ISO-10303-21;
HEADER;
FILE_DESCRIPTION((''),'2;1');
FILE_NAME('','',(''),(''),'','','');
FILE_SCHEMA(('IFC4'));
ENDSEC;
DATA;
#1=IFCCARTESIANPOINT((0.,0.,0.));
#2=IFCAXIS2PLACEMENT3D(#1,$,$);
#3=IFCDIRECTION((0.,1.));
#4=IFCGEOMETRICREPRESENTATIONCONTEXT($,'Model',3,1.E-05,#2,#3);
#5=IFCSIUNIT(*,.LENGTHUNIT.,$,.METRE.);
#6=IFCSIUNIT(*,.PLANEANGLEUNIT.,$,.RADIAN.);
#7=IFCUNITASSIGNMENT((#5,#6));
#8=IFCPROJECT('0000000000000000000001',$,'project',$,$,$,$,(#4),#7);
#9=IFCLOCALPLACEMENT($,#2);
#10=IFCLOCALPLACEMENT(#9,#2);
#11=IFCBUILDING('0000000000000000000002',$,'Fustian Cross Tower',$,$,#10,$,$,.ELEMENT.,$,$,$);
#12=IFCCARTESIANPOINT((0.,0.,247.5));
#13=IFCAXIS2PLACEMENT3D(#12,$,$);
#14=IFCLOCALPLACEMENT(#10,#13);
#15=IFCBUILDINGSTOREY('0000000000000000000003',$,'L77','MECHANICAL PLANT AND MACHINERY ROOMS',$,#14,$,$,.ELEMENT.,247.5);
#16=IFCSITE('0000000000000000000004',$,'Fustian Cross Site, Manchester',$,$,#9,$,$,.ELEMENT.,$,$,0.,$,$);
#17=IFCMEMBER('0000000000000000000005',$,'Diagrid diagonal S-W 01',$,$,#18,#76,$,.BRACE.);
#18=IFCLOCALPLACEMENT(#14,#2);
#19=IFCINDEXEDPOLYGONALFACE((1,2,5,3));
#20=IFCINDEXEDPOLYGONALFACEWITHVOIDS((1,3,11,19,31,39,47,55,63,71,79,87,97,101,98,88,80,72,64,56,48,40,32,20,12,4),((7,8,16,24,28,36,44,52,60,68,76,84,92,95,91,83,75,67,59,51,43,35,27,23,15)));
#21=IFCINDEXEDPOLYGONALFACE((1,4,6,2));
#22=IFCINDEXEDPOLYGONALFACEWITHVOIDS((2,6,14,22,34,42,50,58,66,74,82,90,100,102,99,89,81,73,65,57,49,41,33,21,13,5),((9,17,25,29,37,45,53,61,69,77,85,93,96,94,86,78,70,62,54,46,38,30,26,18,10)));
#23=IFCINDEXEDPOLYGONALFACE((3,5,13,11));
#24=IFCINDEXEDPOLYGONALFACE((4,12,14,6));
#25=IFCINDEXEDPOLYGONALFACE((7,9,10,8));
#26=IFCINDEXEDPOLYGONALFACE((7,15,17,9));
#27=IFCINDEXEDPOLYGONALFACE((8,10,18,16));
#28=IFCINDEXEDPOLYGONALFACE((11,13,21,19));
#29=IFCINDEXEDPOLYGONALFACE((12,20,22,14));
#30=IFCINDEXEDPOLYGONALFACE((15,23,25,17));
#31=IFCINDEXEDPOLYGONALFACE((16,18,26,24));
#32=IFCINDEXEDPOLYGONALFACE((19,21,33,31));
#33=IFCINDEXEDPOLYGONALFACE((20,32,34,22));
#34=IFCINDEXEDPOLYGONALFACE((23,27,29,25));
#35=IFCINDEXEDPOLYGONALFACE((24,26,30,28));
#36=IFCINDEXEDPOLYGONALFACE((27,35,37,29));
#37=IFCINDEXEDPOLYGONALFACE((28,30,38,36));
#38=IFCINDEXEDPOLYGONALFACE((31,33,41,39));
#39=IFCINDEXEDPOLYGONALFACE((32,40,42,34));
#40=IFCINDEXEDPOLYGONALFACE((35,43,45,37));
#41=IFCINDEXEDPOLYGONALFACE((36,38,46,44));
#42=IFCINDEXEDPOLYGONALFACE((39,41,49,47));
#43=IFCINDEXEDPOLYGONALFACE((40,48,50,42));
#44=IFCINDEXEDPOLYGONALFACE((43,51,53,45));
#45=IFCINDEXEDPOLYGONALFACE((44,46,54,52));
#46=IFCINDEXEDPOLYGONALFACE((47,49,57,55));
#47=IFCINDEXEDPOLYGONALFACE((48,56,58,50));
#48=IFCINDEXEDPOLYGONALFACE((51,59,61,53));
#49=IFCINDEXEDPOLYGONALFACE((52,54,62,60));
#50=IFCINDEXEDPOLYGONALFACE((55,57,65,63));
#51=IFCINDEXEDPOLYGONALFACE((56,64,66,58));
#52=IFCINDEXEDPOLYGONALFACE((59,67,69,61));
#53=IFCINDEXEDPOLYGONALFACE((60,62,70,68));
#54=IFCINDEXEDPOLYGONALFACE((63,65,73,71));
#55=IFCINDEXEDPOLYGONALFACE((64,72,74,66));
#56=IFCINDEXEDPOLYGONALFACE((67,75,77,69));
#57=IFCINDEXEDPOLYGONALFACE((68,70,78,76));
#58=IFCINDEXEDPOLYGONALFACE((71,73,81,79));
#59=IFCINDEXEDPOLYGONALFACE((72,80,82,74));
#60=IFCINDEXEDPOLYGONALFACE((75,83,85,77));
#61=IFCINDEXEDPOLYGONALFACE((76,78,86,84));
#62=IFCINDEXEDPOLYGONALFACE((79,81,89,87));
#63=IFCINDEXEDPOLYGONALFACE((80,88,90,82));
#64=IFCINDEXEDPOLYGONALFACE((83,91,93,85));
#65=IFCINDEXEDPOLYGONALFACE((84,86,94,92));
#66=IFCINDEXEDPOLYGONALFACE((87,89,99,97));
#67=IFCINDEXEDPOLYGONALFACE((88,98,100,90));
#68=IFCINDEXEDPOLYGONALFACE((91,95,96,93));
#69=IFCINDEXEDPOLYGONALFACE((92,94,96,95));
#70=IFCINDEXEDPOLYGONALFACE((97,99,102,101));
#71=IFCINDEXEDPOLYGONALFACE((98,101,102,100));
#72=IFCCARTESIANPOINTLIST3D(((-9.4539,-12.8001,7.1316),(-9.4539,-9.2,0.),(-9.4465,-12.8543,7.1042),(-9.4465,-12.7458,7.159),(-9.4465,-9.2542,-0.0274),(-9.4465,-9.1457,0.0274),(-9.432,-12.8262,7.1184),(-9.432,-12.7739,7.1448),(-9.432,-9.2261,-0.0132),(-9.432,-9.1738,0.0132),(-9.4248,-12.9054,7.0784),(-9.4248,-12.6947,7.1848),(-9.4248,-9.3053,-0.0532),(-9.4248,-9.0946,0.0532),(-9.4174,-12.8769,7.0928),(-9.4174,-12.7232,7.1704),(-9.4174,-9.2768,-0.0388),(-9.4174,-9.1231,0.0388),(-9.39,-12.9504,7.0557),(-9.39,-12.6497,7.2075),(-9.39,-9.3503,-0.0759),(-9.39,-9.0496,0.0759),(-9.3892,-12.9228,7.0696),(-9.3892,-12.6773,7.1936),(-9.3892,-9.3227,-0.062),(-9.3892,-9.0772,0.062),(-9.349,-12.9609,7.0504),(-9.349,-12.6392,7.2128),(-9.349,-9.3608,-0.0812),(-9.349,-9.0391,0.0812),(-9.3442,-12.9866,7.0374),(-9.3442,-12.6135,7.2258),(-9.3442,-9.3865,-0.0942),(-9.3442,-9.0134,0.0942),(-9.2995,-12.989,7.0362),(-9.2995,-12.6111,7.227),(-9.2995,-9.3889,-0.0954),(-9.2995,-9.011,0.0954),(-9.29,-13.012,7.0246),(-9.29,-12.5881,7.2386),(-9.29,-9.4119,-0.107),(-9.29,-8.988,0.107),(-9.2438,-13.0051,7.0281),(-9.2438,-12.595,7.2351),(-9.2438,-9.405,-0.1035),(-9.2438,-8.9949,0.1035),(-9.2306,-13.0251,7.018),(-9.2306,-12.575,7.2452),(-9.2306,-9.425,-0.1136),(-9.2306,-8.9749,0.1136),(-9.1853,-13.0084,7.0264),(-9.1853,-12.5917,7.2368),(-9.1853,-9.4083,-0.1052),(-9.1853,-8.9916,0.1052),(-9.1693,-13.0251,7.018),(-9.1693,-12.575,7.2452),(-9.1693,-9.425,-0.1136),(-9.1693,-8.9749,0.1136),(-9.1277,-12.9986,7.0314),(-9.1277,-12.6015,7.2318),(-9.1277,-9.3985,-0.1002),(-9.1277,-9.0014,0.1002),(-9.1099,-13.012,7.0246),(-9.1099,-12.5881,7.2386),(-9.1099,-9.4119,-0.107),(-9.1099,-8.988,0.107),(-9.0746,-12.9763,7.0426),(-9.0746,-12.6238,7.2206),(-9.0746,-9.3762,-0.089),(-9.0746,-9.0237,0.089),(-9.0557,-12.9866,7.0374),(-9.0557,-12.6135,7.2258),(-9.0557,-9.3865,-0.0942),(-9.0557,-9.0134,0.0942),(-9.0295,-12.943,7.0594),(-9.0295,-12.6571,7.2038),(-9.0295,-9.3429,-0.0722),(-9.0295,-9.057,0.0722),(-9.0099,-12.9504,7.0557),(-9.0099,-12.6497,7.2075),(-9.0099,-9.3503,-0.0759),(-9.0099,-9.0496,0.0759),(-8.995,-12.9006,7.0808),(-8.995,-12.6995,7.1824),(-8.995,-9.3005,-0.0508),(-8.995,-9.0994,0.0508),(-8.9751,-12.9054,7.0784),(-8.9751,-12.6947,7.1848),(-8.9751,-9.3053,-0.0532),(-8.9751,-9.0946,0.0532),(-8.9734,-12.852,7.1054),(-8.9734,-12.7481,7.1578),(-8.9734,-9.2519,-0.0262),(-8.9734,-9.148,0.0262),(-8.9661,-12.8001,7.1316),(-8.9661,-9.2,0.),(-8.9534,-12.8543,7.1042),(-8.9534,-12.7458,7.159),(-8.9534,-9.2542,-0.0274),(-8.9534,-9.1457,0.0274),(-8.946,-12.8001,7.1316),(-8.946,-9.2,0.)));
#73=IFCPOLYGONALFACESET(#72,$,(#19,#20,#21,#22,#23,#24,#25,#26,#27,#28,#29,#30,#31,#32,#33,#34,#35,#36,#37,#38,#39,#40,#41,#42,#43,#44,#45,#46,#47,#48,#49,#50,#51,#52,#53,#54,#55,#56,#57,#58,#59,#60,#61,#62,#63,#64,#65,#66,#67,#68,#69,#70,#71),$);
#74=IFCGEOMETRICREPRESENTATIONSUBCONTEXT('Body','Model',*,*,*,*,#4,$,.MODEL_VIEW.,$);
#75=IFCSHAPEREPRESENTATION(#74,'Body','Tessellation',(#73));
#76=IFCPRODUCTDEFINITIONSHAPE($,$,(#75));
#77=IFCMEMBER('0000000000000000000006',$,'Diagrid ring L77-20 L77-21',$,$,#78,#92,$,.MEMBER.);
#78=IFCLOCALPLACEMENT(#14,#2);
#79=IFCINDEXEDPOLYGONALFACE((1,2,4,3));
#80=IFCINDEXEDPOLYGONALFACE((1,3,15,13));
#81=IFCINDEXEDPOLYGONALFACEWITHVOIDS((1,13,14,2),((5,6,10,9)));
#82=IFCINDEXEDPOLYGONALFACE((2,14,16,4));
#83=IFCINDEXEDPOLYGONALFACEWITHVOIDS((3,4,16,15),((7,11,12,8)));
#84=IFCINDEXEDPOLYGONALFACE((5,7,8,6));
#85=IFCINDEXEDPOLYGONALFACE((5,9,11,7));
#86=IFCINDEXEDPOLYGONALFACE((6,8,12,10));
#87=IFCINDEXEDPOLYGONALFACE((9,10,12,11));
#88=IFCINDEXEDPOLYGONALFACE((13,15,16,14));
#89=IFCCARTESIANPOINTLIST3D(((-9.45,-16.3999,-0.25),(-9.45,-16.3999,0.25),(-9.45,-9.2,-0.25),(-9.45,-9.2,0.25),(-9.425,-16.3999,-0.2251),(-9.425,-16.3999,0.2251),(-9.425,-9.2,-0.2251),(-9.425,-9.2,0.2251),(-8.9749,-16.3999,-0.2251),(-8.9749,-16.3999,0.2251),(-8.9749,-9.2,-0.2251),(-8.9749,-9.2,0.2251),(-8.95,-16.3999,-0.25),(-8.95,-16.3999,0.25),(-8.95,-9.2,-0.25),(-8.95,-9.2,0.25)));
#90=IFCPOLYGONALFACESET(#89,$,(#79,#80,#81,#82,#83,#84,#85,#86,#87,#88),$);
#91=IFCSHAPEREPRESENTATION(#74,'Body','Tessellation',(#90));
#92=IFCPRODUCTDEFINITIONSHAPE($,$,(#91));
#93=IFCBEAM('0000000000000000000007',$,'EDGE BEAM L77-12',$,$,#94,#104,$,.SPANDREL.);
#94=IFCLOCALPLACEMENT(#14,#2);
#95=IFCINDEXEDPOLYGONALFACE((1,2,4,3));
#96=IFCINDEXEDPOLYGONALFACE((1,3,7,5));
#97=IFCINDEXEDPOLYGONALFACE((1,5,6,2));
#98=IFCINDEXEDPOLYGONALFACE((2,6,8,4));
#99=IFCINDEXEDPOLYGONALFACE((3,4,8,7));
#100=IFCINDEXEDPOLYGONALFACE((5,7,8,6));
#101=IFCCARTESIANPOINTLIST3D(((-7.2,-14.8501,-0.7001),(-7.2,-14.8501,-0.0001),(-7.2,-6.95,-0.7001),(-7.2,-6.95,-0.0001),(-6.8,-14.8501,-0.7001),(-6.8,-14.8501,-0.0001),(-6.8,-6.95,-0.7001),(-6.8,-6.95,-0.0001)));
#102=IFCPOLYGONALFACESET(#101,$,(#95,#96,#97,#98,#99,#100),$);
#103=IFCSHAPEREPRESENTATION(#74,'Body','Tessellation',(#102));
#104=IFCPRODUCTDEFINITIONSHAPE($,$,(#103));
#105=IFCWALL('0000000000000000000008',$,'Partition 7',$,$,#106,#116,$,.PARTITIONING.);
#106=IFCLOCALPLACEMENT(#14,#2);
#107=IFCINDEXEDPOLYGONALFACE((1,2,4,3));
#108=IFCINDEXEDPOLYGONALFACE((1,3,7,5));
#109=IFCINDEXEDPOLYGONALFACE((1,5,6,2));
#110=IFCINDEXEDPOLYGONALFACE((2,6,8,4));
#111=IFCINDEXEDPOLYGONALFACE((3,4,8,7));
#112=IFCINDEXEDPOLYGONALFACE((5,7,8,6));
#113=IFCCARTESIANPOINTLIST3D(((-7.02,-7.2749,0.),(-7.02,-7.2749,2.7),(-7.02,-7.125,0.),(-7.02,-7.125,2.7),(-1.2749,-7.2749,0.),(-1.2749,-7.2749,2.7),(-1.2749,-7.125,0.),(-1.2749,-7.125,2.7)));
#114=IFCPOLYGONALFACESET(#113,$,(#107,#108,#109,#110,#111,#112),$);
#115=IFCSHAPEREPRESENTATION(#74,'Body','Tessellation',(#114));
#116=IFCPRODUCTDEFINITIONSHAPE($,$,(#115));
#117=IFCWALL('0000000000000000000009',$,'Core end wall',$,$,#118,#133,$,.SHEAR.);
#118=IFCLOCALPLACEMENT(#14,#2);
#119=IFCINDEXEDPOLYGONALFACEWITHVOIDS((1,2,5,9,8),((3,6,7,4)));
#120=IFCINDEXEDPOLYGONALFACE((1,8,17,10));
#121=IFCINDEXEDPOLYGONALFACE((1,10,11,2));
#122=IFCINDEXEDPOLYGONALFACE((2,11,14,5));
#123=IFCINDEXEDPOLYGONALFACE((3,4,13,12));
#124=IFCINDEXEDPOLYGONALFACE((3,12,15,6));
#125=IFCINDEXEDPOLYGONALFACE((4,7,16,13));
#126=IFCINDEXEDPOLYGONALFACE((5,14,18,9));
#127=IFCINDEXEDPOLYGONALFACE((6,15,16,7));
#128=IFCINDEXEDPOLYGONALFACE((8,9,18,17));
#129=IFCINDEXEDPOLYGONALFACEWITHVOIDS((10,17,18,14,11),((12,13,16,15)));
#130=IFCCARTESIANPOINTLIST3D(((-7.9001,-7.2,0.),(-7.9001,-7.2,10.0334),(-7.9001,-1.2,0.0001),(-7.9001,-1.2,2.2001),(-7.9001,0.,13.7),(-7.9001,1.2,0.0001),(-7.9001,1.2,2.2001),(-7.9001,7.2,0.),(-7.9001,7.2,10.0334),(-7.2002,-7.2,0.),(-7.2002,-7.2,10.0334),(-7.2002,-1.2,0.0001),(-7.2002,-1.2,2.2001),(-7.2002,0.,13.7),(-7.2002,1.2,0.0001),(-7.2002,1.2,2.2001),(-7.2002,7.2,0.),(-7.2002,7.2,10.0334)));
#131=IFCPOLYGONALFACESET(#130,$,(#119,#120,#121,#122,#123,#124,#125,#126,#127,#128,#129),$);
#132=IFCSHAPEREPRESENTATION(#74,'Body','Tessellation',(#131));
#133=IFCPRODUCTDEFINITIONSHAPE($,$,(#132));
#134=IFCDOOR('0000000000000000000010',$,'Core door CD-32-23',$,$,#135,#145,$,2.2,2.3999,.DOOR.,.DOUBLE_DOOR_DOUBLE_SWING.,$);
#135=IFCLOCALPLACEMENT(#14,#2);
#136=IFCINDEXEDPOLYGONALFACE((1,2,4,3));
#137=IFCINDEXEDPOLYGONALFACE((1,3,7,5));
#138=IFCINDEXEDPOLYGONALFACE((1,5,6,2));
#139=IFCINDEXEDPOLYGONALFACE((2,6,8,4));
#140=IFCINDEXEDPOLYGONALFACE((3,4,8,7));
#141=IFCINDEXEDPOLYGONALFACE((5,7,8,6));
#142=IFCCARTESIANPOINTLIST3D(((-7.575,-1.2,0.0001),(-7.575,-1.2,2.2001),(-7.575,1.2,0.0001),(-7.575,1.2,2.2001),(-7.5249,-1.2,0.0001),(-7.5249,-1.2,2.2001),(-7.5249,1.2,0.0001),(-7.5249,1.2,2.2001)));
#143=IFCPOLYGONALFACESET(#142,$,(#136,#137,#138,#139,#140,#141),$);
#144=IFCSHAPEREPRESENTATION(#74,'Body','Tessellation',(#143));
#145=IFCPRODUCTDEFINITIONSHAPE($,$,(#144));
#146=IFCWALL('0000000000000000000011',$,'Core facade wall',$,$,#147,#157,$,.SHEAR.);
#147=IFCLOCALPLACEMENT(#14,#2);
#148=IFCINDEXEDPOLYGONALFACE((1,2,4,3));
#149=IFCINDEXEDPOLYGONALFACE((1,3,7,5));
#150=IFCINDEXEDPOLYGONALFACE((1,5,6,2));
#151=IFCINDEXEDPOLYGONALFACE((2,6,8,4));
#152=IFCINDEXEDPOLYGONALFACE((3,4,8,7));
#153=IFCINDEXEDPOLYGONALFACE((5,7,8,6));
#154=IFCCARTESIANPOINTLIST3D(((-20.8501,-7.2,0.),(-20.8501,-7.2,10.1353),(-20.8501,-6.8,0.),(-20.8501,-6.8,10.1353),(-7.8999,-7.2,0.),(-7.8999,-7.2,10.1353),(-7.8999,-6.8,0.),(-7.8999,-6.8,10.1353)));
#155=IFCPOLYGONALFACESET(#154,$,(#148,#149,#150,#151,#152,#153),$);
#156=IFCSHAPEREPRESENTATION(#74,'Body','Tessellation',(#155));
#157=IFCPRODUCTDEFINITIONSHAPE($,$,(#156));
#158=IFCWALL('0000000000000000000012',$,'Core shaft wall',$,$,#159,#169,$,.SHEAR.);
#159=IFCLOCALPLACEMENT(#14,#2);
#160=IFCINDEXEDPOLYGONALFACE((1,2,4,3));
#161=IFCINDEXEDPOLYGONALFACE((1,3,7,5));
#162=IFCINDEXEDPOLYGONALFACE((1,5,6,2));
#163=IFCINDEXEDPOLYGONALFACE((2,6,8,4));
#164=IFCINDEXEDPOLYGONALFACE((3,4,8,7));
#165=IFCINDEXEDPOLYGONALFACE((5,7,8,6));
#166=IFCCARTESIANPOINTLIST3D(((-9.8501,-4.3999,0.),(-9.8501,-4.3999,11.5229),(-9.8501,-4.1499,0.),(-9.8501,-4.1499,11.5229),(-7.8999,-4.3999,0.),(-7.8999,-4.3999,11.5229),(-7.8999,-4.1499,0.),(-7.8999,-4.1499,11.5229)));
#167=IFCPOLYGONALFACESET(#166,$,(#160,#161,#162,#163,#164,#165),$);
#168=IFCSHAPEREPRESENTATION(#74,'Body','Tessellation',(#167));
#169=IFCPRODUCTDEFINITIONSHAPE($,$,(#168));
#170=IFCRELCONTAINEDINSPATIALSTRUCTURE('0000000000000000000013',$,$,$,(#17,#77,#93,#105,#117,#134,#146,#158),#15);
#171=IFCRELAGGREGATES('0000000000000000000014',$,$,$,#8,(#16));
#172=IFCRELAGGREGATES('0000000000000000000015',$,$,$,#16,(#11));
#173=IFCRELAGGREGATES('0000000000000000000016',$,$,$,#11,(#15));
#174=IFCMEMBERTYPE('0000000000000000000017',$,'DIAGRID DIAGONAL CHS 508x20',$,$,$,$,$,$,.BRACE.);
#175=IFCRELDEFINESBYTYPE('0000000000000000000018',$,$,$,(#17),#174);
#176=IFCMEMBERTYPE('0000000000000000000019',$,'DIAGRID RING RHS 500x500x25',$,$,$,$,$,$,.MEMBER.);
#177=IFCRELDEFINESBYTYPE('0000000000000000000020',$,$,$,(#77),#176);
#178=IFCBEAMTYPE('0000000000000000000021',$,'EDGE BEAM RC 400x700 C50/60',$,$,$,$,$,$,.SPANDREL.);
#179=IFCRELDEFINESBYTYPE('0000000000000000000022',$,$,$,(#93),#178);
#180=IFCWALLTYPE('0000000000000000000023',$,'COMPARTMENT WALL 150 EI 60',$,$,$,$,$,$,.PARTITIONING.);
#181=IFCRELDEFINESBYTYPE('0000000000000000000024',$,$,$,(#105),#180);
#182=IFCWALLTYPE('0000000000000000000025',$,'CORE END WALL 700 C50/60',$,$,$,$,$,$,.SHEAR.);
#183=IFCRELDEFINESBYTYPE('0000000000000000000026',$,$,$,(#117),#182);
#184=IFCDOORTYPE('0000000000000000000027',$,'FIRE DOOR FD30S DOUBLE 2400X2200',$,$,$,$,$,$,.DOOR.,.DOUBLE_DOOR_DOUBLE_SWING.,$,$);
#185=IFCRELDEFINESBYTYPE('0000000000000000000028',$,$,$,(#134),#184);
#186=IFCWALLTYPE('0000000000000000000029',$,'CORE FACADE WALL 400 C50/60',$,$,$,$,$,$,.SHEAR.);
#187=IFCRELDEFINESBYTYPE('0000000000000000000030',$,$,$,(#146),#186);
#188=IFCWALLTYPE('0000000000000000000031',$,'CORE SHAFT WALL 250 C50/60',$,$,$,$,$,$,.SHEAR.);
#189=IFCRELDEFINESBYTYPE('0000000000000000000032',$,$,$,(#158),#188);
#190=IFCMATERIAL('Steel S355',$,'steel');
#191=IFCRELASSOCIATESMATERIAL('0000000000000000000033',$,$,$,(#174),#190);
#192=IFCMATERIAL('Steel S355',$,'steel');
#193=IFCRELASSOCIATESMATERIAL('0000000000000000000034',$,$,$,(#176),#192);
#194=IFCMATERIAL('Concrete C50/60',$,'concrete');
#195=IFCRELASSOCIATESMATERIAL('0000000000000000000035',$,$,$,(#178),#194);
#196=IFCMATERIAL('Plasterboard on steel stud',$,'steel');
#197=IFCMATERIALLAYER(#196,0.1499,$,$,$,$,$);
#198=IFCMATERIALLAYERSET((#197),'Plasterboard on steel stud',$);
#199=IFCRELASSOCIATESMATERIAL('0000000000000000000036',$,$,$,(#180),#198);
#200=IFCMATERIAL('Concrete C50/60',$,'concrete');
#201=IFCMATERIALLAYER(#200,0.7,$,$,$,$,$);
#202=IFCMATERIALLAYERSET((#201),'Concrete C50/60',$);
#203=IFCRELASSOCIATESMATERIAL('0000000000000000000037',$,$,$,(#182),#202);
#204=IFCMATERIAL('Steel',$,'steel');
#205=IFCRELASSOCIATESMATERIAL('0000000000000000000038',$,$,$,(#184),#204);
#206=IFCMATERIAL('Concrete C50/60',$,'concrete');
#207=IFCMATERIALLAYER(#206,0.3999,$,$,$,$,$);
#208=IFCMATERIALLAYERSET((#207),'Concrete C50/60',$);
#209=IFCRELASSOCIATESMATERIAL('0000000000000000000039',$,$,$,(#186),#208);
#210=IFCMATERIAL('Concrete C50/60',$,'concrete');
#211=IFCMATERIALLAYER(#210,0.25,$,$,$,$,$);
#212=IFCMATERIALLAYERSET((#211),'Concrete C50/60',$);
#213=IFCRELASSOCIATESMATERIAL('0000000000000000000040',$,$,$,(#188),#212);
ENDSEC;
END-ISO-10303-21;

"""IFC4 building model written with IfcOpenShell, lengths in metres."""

from ifc_helpers import new_model, si_unit, direction, frame, frame_2d, origin, origin_2d, place, context, subcontext, project, spatial, polyline, rectangle, hollow_rectangle, hollow_circle, outline, extrude, material, layer, layer_set, material_profile, profile_set, type_object, element, fill, save


model = new_model("IFC4")

# Units and contexts
model_context = context("Model", 3, precision=1e-05, world=origin(), true_north=direction((0.0, 1.0)))
body_context = subcontext(model_context, "Body", "Model", "MODEL_VIEW")
ifc_project = project(units=[si_unit("LENGTHUNIT", "METRE"), si_unit("PLANEANGLEUNIT", "RADIAN")], contexts=[model_context])

# Site, building, storey
site_placement = place(None, origin())
site = spatial("IfcSite", under=ifc_project, at=site_placement, Name="Fustian Cross Site, Manchester", CompositionType="ELEMENT", RefElevation=0.0)
building_placement = place(site_placement, origin())
building = spatial("IfcBuilding", under=site, at=building_placement, Name="Fustian Cross Tower", CompositionType="ELEMENT")
storey_placement = place(building_placement, frame((0.0, 0.0, 247.5)))
storey = spatial("IfcBuildingStorey", under=building, at=storey_placement, Name="L77", Description="MECHANICAL PLANT AND MACHINERY ROOMS", CompositionType="ELEMENT", Elevation=247.5)

# Members
ifc_material_1 = material(Name="Steel S355", Category="steel")
ifc_material_profile_1 = material_profile(ifc_material_1, hollow_circle(Radius=0.2539, WallThickness=0.02, at=origin_2d()), Name="CHS 508x20")
ifc_profile_set_1 = profile_set([ifc_material_profile_1], Name="Steel S355")
member_type_1 = type_object("IfcMemberType", Name="DIAGRID DIAGONAL CHS 508x20", PredefinedType="BRACE", material=ifc_profile_set_1)
member_1_placement = place(storey_placement, frame((-9.2, -9.2, 0.0), z_axis=(0.0, -0.450645, 0.892703), x_axis=(1.0, 0.0, 0.0)))
element("IfcMember", 1, at=member_1_placement, inside=storey, type_object=member_type_1, Name="Diagrid diagonal S-W 01", PredefinedType="BRACE", context=body_context, shape_type="SweptSolid", body=[
    extrude(hollow_circle(Radius=0.2539, WallThickness=0.02, at=origin_2d()), origin(), (0.0, 0.0, 1.0), 7.9888),
])
ifc_material_2 = material(Name="Steel S355", Category="steel")
ifc_material_profile_2 = material_profile(ifc_material_2, hollow_rectangle(XDim=0.5, YDim=0.5, WallThickness=0.0249, at=origin_2d()), Name="RHS 500x500x25")
ifc_profile_set_2 = profile_set([ifc_material_profile_2], Name="Steel S355")
member_type_2 = type_object("IfcMemberType", Name="DIAGRID RING RHS 500x500x25", PredefinedType="MEMBER", material=ifc_profile_set_2)
member_2_placement = place(storey_placement, frame((-9.2, -9.2, 0.0), z_axis=(0.0, -1.0, 0.0), x_axis=(1.0, 0.0, 0.0)))
element("IfcMember", 2, at=member_2_placement, inside=storey, type_object=member_type_2, Name="Diagrid ring L77-20 L77-21", PredefinedType="MEMBER", context=body_context, shape_type="SweptSolid", body=[
    extrude(hollow_rectangle(XDim=0.5, YDim=0.5, WallThickness=0.0249, at=origin_2d()), origin(), (0.0, 0.0, 1.0), 7.2),
])

# Beam
ifc_material_3 = material(Name="Concrete C50/60", Category="concrete")
ifc_material_profile_3 = material_profile(ifc_material_3, rectangle(XDim=0.3999, YDim=0.7, at=origin_2d()), Name="RC 400x700")
ifc_profile_set_3 = profile_set([ifc_material_profile_3], Name="Concrete C50/60")
beam_type = type_object("IfcBeamType", Name="EDGE BEAM RC 400x700 C50/60", PredefinedType="SPANDREL", material=ifc_profile_set_3)
beam_placement = place(storey_placement, frame((-7.0, -6.95, -0.3501), z_axis=(0.0, -1.0, 0.0), x_axis=(1.0, 0.0, 0.0)))
element("IfcBeam", 3, at=beam_placement, inside=storey, type_object=beam_type, Name="EDGE BEAM L77-12", PredefinedType="SPANDREL", context=body_context, shape_type="SweptSolid", body=[
    extrude(rectangle(XDim=0.3999, YDim=0.7, at=origin_2d()), origin(), (0.0, 0.0, 1.0), 7.9001),
])

# Wall
ifc_material_4 = material(Name="Plasterboard on steel stud", Category="steel")
ifc_layer_1 = layer(ifc_material_4, 0.1499)
ifc_layer_set_1 = layer_set([ifc_layer_1], Name="Plasterboard on steel stud")
wall_type_1 = type_object("IfcWallType", Name="COMPARTMENT WALL 150 EI 60", PredefinedType="PARTITIONING", material=ifc_layer_set_1)
wall_1_placement = place(storey_placement, frame((-7.02, -7.2, 0.0), z_axis=(0.0, 0.0, 1.0), x_axis=(1.0, 0.0, 0.0)))
element("IfcWall", 4, at=wall_1_placement, inside=storey, type_object=wall_type_1, Name="Partition 7", PredefinedType="PARTITIONING", context=body_context, shape_type="SweptSolid", body=[
    extrude(rectangle(XDim=5.7451, YDim=0.1499, at=frame_2d((2.8726, 0.0))), origin(), (0.0, 0.0, 1.0), 2.7),
])

# Wall, opening, door
ifc_material_5 = material(Name="Concrete C50/60", Category="concrete")
ifc_layer_2 = layer(ifc_material_5, 0.7)
ifc_layer_set_2 = layer_set([ifc_layer_2], Name="Concrete C50/60")
wall_type_2 = type_object("IfcWallType", Name="CORE END WALL 700 C50/60", PredefinedType="SHEAR", material=ifc_layer_set_2)
wall_2_placement = place(storey_placement, frame((-7.55, -7.2, 0.0), z_axis=(0.0, 0.0, 1.0), x_axis=(0.0, 1.0, 0.0)))
wall_2 = element("IfcWall", 5, at=wall_2_placement, inside=storey, type_object=wall_type_2, Name="Core end wall", PredefinedType="SHEAR", context=body_context, shape_type="SweptSolid", body=[
    extrude(outline(polyline([(0.0, 0.0), (14.3999, 0.0), (14.3999, 10.0334), (7.2, 13.7), (0.0, 10.0334), (0.0, 0.0)])), frame((0.0, 0.3501, 0.0), z_axis=(0.0, -1.0, 0.0), x_axis=(1.0, 0.0, 0.0)), (0.0, 0.0, 1.0), 0.7),
])
opening_1_placement = place(wall_2_placement, frame((6.0, 0.0, 0.0)))
opening_1 = element("IfcOpeningElement", 6, at=opening_1_placement, cuts=wall_2, PredefinedType="OPENING", context=body_context, shape_type="SweptSolid", body=[
    extrude(rectangle(XDim=2.3999, YDim=2.2, at=frame_2d((1.2, 1.1001))), frame((0.0, 0.3599, 0.0), z_axis=(0.0, -1.0, 0.0), x_axis=(1.0, 0.0, 0.0)), (0.0, 0.0, 1.0), 0.72),
])
ifc_material_6 = material(Name="Steel", Category="steel")
door_type_1 = type_object("IfcDoorType", Name="FIRE DOOR FD30S DOUBLE 2400X2200", OperationType="DOUBLE_DOOR_DOUBLE_SWING", PredefinedType="DOOR", material=ifc_material_6)
door_1_placement = place(opening_1_placement, origin())
door_1 = element("IfcDoor", 7, at=door_1_placement, inside=storey, type_object=door_type_1, Name="Core door CD-32-23", OperationType="DOUBLE_DOOR_DOUBLE_SWING", OverallHeight=2.2, OverallWidth=2.3999, PredefinedType="DOOR", context=body_context, shape_type="SweptSolid", body=[
    extrude(rectangle(XDim=2.3999, YDim=2.2, at=frame_2d((1.2, 1.1001))), frame((0.0, 0.0249, 0.0), z_axis=(0.0, -1.0, 0.0), x_axis=(1.0, 0.0, 0.0)), (0.0, 0.0, 1.0), 0.05),
])
fill(opening_1, door_1)

# Walls
ifc_material_7 = material(Name="Concrete C50/60", Category="concrete")
ifc_layer_3 = layer(ifc_material_7, 0.3999)
ifc_layer_set_3 = layer_set([ifc_layer_3], Name="Concrete C50/60")
wall_type_3 = type_object("IfcWallType", Name="CORE FACADE WALL 400 C50/60", PredefinedType="SHEAR", material=ifc_layer_set_3)
wall_3_placement = place(storey_placement, frame((-7.8999, -7.0, 0.0), z_axis=(0.0, 0.0, 1.0), x_axis=(-1.0, 0.0, 0.0)))
element("IfcWall", 8, at=wall_3_placement, inside=storey, type_object=wall_type_3, Name="Core facade wall", PredefinedType="SHEAR", context=body_context, shape_type="SweptSolid", body=[
    extrude(rectangle(XDim=12.9502, YDim=0.3999, at=frame_2d((6.4751, 0.0))), origin(), (0.0, 0.0, 1.0), 10.1353),
])
ifc_material_8 = material(Name="Concrete C50/60", Category="concrete")
ifc_layer_4 = layer(ifc_material_8, 0.25)
ifc_layer_set_4 = layer_set([ifc_layer_4], Name="Concrete C50/60")
wall_type_4 = type_object("IfcWallType", Name="CORE SHAFT WALL 250 C50/60", PredefinedType="SHEAR", material=ifc_layer_set_4)
wall_4_placement = place(storey_placement, frame((-7.8999, -4.2749, 0.0), z_axis=(0.0, 0.0, 1.0), x_axis=(-1.0, 0.0, 0.0)))
element("IfcWall", 9, at=wall_4_placement, inside=storey, type_object=wall_type_4, Name="Core shaft wall", PredefinedType="SHEAR", context=body_context, shape_type="SweptSolid", body=[
    extrude(rectangle(XDim=1.9502, YDim=0.25, at=frame_2d((0.9751, 0.0))), origin(), (0.0, 0.0, 1.0), 11.5229),
])

save(model, "model.ifc")
